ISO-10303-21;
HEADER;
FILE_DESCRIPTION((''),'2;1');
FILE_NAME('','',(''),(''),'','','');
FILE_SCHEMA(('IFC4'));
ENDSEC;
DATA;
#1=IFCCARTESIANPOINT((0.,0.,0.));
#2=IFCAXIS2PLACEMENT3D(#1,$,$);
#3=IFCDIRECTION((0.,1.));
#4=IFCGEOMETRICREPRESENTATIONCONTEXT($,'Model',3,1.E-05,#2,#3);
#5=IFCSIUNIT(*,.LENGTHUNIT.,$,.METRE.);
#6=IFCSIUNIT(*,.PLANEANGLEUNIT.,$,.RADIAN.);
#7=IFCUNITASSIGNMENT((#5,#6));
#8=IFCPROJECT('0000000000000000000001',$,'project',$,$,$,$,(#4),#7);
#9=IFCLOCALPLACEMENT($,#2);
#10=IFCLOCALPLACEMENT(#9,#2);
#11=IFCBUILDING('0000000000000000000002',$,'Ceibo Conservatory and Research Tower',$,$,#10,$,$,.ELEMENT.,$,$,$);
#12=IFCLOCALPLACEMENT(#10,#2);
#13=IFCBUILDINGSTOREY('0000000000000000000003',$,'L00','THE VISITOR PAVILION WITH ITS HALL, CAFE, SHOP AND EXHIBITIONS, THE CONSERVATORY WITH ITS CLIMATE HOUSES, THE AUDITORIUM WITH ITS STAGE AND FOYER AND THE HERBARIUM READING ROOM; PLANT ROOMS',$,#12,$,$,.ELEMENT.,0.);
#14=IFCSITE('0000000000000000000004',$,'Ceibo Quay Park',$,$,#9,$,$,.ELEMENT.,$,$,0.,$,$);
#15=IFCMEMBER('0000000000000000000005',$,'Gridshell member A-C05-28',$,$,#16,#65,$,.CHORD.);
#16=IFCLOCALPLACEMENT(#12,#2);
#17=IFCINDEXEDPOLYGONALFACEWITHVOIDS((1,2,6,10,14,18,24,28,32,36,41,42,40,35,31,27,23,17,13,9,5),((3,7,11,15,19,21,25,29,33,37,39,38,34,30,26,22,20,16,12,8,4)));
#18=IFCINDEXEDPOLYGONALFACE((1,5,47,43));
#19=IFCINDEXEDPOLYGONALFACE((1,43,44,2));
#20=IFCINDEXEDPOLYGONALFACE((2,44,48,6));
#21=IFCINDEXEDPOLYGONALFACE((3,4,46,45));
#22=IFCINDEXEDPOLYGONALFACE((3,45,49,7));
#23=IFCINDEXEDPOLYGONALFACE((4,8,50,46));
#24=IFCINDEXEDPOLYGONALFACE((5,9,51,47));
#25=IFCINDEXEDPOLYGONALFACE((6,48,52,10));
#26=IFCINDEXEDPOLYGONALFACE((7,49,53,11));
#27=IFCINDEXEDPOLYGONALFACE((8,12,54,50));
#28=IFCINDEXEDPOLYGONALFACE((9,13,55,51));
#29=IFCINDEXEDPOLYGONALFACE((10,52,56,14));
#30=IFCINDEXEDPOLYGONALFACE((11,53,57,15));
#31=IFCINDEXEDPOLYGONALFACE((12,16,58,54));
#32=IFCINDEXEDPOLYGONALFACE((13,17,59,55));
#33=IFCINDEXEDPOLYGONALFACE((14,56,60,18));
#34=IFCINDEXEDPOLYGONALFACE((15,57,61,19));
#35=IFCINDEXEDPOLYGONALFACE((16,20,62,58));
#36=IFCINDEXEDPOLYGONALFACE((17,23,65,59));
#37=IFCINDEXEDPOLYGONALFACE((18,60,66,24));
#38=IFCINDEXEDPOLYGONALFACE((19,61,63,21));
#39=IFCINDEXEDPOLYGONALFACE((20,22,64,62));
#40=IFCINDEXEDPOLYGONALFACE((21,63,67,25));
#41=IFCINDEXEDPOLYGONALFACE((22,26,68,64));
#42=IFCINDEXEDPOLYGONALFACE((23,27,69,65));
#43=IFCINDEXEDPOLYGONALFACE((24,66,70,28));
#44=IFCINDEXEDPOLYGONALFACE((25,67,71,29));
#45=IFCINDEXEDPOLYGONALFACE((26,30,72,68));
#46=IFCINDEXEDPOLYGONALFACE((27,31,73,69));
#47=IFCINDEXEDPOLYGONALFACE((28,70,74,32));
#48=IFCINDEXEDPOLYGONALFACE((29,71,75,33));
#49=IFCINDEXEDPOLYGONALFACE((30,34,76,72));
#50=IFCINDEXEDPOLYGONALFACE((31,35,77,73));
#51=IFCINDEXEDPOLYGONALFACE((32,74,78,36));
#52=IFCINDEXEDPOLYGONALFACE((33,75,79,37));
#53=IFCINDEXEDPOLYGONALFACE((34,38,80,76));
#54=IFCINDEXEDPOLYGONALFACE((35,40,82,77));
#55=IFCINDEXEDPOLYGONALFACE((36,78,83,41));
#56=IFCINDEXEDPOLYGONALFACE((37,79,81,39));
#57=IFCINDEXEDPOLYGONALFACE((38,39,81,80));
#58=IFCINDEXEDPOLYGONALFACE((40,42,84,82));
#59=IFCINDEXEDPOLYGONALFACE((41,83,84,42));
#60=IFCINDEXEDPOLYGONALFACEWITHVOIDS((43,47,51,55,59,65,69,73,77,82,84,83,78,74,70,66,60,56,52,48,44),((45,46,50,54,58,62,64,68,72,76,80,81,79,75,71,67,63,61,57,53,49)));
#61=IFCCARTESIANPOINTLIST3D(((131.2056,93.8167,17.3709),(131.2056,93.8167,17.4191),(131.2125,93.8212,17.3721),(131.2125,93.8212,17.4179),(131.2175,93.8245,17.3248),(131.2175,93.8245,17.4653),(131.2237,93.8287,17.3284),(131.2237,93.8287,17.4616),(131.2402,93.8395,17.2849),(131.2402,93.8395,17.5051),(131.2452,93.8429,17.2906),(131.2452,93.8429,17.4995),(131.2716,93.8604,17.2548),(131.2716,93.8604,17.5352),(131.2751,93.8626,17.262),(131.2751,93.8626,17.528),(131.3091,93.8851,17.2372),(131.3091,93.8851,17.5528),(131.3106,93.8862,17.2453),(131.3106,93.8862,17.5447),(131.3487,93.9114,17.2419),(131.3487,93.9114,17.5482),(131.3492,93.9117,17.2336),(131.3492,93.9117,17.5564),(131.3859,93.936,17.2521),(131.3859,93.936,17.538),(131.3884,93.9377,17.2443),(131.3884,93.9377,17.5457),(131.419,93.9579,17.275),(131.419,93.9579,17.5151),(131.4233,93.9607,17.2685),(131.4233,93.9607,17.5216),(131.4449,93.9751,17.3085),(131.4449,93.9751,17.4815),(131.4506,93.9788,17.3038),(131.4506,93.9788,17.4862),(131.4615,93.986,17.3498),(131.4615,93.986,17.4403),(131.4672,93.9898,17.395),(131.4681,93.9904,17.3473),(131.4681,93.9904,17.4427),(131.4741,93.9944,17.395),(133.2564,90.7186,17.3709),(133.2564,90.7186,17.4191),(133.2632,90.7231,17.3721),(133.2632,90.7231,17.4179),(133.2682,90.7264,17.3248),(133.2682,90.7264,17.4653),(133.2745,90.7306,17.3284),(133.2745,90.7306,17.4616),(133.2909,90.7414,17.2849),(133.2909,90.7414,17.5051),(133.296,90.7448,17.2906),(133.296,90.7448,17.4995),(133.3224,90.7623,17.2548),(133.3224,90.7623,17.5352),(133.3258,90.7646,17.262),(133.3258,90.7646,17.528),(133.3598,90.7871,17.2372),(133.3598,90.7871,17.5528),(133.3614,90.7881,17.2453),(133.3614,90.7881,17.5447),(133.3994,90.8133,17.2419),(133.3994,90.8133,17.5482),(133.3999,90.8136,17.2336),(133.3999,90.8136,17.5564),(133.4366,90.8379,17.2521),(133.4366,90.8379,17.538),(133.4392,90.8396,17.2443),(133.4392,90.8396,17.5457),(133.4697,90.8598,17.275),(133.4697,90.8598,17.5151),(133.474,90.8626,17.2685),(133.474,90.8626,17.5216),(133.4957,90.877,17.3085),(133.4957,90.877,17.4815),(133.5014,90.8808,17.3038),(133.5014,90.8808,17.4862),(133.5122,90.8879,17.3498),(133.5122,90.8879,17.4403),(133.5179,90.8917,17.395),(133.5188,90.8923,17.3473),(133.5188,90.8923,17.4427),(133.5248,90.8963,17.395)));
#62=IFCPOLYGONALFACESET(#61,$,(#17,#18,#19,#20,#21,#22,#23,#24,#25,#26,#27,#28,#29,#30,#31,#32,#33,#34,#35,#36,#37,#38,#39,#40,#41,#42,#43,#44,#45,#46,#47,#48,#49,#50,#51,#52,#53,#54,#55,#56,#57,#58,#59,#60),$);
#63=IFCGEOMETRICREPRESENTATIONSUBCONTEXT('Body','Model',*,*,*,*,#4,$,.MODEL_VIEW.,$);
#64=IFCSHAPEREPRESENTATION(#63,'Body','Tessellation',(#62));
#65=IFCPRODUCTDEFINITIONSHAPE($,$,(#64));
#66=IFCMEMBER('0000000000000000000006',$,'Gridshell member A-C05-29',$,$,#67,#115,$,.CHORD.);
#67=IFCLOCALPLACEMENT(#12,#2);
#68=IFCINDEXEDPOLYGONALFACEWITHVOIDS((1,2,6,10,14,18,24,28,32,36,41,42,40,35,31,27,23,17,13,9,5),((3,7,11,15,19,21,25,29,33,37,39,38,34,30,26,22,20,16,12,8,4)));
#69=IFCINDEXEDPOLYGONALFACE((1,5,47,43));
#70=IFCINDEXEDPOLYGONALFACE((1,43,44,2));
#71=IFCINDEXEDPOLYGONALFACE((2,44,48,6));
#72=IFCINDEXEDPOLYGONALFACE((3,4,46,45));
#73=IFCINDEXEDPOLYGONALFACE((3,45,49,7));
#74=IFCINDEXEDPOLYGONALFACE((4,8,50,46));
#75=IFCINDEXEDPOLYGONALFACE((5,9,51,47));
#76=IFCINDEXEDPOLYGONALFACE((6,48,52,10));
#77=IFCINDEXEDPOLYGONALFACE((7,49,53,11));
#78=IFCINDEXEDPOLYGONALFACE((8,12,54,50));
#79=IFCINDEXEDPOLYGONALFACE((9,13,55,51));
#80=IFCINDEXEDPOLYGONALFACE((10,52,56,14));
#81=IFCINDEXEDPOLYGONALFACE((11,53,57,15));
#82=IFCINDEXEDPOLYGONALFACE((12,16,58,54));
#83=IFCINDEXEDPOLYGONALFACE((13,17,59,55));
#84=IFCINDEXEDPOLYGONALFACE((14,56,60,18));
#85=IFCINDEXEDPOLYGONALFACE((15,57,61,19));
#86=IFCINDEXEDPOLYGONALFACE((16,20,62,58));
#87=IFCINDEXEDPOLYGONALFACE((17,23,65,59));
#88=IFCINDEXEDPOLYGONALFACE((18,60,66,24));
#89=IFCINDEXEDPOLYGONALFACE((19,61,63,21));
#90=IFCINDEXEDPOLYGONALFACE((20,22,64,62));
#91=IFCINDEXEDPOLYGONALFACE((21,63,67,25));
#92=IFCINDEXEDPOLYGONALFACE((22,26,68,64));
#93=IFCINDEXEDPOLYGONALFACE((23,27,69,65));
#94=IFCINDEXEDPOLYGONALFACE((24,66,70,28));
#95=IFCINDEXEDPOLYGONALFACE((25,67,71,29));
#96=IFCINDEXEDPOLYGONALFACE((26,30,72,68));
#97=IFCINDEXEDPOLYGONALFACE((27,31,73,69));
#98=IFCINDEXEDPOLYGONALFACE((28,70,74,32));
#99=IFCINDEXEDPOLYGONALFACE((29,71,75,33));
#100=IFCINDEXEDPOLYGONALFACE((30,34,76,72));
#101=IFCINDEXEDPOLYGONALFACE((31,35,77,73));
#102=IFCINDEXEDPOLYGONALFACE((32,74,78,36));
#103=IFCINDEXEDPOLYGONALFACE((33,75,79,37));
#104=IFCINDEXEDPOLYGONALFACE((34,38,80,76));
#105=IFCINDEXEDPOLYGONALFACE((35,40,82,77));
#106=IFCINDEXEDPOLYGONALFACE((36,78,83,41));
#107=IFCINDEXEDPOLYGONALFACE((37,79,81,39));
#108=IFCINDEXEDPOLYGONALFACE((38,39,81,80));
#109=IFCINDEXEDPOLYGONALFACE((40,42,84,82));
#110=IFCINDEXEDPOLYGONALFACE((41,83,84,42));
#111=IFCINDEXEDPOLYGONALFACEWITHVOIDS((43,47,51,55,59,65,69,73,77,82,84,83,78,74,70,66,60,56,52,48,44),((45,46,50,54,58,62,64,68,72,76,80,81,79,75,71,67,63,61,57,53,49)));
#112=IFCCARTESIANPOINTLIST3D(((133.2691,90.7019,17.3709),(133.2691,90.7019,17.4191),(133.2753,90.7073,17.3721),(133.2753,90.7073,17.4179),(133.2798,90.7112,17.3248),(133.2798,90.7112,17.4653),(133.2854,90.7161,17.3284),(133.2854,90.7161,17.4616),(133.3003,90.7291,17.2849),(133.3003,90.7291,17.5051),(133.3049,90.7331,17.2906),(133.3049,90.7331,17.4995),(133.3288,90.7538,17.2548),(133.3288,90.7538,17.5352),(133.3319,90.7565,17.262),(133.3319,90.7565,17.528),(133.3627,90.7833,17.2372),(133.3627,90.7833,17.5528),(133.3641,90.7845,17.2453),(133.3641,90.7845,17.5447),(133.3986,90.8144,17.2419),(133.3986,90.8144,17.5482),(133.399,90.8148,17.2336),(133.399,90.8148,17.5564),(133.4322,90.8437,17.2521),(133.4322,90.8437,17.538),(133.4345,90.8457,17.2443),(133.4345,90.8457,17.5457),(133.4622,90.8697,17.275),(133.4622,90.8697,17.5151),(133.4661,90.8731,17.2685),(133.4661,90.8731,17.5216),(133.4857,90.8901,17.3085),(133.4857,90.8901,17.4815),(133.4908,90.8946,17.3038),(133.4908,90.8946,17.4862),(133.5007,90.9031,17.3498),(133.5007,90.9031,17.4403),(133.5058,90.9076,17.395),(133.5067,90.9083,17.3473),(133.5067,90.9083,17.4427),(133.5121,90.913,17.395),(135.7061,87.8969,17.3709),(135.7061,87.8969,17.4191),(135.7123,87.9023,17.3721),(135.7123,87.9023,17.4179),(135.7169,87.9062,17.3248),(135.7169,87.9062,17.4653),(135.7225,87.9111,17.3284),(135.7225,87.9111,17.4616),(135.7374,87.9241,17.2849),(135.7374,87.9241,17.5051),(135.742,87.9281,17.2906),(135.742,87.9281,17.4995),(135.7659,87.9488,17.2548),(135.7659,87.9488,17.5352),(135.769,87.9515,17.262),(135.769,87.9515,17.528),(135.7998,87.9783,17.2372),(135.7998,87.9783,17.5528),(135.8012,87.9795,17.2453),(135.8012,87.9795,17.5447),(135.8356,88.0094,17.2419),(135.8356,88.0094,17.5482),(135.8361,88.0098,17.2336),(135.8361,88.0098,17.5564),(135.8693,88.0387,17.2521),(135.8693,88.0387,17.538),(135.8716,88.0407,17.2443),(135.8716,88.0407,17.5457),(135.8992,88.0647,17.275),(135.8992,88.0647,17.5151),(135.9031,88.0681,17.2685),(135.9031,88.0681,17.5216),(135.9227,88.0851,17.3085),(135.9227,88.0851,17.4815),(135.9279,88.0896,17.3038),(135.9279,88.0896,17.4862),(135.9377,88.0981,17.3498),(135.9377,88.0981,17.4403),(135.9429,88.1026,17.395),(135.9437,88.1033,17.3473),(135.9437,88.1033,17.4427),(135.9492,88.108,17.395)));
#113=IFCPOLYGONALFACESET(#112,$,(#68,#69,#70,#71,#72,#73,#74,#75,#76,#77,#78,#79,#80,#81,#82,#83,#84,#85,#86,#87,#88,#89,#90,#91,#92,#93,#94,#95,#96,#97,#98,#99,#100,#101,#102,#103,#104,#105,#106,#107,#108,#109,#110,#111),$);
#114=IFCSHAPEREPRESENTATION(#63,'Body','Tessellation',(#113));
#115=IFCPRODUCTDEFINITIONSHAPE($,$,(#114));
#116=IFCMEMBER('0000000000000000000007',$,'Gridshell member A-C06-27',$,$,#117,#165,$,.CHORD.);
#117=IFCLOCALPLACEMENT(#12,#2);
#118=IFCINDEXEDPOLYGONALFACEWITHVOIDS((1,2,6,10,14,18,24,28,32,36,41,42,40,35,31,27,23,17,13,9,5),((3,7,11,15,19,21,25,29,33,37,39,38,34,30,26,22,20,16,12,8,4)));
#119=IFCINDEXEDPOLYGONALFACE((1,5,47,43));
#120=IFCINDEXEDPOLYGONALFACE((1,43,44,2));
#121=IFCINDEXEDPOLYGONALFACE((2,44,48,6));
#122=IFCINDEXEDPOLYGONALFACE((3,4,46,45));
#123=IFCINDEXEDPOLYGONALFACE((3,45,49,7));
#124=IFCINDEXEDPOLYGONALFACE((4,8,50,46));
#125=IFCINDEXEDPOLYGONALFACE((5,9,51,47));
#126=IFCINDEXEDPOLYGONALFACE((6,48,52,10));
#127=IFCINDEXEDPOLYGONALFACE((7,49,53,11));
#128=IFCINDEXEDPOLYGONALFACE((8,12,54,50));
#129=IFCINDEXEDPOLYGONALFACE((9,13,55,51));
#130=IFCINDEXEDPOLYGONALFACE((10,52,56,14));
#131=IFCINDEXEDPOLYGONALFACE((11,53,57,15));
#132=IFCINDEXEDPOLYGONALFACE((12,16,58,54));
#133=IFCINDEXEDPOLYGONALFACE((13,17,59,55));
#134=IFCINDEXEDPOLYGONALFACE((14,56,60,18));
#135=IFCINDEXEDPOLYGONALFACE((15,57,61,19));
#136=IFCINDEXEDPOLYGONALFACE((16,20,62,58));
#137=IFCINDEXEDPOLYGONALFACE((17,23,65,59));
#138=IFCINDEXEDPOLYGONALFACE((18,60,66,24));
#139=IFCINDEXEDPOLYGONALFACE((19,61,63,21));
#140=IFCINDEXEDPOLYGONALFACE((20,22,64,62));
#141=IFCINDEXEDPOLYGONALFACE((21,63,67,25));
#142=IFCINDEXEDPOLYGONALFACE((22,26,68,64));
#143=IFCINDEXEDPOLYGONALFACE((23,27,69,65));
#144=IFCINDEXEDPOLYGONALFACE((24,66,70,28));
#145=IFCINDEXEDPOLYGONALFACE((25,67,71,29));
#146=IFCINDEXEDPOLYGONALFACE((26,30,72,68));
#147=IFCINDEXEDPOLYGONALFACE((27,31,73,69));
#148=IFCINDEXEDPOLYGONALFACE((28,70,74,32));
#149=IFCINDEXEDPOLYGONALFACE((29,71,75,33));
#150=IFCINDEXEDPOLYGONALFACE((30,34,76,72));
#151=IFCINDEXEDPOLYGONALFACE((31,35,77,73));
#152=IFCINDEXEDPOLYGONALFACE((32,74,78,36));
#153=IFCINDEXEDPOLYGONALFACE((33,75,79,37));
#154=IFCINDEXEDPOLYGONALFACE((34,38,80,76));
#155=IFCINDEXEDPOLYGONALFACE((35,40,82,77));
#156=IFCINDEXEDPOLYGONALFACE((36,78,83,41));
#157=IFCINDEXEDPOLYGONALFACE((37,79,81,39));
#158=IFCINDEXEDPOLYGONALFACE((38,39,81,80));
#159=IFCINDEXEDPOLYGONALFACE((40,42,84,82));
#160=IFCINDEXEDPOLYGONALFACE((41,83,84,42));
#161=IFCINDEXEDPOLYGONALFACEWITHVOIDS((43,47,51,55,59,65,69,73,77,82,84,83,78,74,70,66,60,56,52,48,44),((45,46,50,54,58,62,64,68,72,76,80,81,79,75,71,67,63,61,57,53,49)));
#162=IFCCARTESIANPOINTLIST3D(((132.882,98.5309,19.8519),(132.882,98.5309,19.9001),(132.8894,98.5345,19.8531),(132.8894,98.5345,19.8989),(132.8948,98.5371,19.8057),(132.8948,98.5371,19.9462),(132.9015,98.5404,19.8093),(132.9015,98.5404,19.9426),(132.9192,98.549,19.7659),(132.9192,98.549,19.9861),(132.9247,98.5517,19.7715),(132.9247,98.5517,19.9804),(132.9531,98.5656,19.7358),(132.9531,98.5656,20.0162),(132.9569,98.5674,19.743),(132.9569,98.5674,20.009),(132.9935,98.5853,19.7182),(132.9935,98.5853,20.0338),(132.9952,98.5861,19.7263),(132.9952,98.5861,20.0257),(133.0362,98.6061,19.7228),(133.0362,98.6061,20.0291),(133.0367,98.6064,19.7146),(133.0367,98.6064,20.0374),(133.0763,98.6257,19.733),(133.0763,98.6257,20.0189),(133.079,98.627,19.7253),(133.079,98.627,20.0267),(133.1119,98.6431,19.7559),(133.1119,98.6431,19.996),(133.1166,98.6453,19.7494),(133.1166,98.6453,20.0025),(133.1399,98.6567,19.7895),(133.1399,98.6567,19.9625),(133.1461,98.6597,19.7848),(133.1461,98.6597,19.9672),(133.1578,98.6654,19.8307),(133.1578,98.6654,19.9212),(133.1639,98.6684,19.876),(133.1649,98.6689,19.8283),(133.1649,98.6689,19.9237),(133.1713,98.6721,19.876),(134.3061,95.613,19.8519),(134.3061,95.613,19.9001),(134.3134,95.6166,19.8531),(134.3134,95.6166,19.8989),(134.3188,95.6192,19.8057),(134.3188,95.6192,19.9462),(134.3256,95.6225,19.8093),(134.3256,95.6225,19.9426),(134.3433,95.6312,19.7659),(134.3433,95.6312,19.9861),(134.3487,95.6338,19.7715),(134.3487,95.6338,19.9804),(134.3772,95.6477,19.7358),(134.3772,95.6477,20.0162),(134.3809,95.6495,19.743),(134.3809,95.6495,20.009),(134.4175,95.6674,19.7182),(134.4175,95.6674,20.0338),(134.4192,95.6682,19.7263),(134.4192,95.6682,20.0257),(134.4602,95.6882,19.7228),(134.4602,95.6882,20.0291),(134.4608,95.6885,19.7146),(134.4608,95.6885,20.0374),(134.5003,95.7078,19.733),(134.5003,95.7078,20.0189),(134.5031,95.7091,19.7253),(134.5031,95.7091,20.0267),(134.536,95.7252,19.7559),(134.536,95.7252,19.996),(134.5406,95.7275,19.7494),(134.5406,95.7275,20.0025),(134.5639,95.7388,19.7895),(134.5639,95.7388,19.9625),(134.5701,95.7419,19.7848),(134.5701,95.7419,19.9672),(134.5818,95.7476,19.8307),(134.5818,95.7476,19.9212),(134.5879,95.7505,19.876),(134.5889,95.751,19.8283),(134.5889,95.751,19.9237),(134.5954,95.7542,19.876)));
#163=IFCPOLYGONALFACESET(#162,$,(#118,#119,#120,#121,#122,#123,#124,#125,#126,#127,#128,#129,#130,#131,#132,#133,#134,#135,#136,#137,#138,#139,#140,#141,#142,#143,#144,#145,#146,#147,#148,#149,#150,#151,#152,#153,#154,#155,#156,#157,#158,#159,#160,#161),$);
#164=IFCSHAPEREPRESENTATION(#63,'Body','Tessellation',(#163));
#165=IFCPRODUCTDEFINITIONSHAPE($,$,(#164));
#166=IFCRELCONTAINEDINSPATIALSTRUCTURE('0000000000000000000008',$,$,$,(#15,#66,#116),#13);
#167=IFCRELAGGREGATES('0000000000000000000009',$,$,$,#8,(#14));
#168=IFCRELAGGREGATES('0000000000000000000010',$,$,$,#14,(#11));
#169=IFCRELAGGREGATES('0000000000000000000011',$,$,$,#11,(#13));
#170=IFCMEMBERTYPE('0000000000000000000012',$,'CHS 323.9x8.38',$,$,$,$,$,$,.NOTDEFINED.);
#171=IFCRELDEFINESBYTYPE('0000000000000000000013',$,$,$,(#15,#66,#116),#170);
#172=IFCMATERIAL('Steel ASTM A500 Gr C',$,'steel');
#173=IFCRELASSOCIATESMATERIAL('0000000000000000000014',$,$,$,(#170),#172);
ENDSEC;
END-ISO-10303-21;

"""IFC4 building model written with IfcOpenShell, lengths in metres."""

from ifc_helpers import new_model, si_unit, direction, frame, origin, origin_2d, place, context, subcontext, project, spatial, hollow_circle, extrude, material, material_profile, profile_set, type_object, element, save


model = new_model("IFC4")

# Units and contexts
model_context = context("Model", 3, precision=1e-05, world=origin(), true_north=direction((0.0, 1.0)))
body_context = subcontext(model_context, "Body", "Model", "MODEL_VIEW")
ifc_project = project(units=[si_unit("LENGTHUNIT", "METRE"), si_unit("PLANEANGLEUNIT", "RADIAN")], contexts=[model_context])

# Site, building, storey
site_placement = place(None, origin())
site = spatial("IfcSite", under=ifc_project, at=site_placement, Name="Ceibo Quay Park", CompositionType="ELEMENT", RefElevation=0.0)
building_placement = place(site_placement, origin())
building = spatial("IfcBuilding", under=site, at=building_placement, Name="Ceibo Conservatory and Research Tower", CompositionType="ELEMENT")
storey_placement = place(building_placement, origin())
storey = spatial("IfcBuildingStorey", under=building, at=storey_placement, Name="L00", Description="THE VISITOR PAVILION WITH ITS HALL, CAFE, SHOP AND EXHIBITIONS, THE CONSERVATORY WITH ITS CLIMATE HOUSES, THE AUDITORIUM WITH ITS STAGE AND FOYER AND THE HERBARIUM READING ROOM; PLANT ROOMS", CompositionType="ELEMENT", Elevation=0.0)

# Members
ifc_material_1 = material(Name="Steel ASTM A500 Gr C", Category="steel")
ifc_material_profile_1 = material_profile(ifc_material_1, hollow_circle(Radius=0.1619, WallThickness=0.0083, at=origin_2d()), Name="CHS 323.9x8.38")
ifc_profile_set_1 = profile_set([ifc_material_profile_1], Name="Steel ASTM A500 Gr C")
member_type_1 = type_object("IfcMemberType", Name="CHS 323.9x8.38", PredefinedType="NOTDEFINED", material=ifc_profile_set_1)
member_1_placement = place(storey_placement, frame((131.3391, 93.905, 17.395), z_axis=(0.551968, -0.833865, 0.0), x_axis=(0.833865, 0.551968, 0.0)))
element("IfcMember", 1, at=member_1_placement, inside=storey, type_object=member_type_1, Name="Gridshell member A-C05-28", PredefinedType="CHORD", context=body_context, shape_type="SweptSolid", body=[
    extrude(hollow_circle(Radius=0.1619, WallThickness=0.0083, at=origin_2d()), origin(), (0.0, 0.0, 1.0), 3.7153),
])
member_2_placement = place(storey_placement, frame((133.3899, 90.8069, 17.395), z_axis=(0.655863, -0.75488, 0.0), x_axis=(0.75488, 0.655863, 0.0)))
element("IfcMember", 2, at=member_2_placement, inside=storey, type_object=member_type_1, Name="Gridshell member A-C05-29", PredefinedType="CHORD", context=body_context, shape_type="SweptSolid", body=[
    extrude(hollow_circle(Radius=0.1619, WallThickness=0.0083, at=origin_2d()), origin(), (0.0, 0.0, 1.0), 3.7158),
])
member_3_placement = place(storey_placement, frame((133.0259, 98.6011, 19.876), z_axis=(0.438591, -0.898687, 0.0), x_axis=(0.898687, 0.438591, 0.0)))
element("IfcMember", 3, at=member_3_placement, inside=storey, type_object=member_type_1, Name="Gridshell member A-C06-27", PredefinedType="CHORD", context=body_context, shape_type="SweptSolid", body=[
    extrude(hollow_circle(Radius=0.1619, WallThickness=0.0083, at=origin_2d()), origin(), (0.0, 0.0, 1.0), 3.2468),
])

save(model, "model.ifc")
